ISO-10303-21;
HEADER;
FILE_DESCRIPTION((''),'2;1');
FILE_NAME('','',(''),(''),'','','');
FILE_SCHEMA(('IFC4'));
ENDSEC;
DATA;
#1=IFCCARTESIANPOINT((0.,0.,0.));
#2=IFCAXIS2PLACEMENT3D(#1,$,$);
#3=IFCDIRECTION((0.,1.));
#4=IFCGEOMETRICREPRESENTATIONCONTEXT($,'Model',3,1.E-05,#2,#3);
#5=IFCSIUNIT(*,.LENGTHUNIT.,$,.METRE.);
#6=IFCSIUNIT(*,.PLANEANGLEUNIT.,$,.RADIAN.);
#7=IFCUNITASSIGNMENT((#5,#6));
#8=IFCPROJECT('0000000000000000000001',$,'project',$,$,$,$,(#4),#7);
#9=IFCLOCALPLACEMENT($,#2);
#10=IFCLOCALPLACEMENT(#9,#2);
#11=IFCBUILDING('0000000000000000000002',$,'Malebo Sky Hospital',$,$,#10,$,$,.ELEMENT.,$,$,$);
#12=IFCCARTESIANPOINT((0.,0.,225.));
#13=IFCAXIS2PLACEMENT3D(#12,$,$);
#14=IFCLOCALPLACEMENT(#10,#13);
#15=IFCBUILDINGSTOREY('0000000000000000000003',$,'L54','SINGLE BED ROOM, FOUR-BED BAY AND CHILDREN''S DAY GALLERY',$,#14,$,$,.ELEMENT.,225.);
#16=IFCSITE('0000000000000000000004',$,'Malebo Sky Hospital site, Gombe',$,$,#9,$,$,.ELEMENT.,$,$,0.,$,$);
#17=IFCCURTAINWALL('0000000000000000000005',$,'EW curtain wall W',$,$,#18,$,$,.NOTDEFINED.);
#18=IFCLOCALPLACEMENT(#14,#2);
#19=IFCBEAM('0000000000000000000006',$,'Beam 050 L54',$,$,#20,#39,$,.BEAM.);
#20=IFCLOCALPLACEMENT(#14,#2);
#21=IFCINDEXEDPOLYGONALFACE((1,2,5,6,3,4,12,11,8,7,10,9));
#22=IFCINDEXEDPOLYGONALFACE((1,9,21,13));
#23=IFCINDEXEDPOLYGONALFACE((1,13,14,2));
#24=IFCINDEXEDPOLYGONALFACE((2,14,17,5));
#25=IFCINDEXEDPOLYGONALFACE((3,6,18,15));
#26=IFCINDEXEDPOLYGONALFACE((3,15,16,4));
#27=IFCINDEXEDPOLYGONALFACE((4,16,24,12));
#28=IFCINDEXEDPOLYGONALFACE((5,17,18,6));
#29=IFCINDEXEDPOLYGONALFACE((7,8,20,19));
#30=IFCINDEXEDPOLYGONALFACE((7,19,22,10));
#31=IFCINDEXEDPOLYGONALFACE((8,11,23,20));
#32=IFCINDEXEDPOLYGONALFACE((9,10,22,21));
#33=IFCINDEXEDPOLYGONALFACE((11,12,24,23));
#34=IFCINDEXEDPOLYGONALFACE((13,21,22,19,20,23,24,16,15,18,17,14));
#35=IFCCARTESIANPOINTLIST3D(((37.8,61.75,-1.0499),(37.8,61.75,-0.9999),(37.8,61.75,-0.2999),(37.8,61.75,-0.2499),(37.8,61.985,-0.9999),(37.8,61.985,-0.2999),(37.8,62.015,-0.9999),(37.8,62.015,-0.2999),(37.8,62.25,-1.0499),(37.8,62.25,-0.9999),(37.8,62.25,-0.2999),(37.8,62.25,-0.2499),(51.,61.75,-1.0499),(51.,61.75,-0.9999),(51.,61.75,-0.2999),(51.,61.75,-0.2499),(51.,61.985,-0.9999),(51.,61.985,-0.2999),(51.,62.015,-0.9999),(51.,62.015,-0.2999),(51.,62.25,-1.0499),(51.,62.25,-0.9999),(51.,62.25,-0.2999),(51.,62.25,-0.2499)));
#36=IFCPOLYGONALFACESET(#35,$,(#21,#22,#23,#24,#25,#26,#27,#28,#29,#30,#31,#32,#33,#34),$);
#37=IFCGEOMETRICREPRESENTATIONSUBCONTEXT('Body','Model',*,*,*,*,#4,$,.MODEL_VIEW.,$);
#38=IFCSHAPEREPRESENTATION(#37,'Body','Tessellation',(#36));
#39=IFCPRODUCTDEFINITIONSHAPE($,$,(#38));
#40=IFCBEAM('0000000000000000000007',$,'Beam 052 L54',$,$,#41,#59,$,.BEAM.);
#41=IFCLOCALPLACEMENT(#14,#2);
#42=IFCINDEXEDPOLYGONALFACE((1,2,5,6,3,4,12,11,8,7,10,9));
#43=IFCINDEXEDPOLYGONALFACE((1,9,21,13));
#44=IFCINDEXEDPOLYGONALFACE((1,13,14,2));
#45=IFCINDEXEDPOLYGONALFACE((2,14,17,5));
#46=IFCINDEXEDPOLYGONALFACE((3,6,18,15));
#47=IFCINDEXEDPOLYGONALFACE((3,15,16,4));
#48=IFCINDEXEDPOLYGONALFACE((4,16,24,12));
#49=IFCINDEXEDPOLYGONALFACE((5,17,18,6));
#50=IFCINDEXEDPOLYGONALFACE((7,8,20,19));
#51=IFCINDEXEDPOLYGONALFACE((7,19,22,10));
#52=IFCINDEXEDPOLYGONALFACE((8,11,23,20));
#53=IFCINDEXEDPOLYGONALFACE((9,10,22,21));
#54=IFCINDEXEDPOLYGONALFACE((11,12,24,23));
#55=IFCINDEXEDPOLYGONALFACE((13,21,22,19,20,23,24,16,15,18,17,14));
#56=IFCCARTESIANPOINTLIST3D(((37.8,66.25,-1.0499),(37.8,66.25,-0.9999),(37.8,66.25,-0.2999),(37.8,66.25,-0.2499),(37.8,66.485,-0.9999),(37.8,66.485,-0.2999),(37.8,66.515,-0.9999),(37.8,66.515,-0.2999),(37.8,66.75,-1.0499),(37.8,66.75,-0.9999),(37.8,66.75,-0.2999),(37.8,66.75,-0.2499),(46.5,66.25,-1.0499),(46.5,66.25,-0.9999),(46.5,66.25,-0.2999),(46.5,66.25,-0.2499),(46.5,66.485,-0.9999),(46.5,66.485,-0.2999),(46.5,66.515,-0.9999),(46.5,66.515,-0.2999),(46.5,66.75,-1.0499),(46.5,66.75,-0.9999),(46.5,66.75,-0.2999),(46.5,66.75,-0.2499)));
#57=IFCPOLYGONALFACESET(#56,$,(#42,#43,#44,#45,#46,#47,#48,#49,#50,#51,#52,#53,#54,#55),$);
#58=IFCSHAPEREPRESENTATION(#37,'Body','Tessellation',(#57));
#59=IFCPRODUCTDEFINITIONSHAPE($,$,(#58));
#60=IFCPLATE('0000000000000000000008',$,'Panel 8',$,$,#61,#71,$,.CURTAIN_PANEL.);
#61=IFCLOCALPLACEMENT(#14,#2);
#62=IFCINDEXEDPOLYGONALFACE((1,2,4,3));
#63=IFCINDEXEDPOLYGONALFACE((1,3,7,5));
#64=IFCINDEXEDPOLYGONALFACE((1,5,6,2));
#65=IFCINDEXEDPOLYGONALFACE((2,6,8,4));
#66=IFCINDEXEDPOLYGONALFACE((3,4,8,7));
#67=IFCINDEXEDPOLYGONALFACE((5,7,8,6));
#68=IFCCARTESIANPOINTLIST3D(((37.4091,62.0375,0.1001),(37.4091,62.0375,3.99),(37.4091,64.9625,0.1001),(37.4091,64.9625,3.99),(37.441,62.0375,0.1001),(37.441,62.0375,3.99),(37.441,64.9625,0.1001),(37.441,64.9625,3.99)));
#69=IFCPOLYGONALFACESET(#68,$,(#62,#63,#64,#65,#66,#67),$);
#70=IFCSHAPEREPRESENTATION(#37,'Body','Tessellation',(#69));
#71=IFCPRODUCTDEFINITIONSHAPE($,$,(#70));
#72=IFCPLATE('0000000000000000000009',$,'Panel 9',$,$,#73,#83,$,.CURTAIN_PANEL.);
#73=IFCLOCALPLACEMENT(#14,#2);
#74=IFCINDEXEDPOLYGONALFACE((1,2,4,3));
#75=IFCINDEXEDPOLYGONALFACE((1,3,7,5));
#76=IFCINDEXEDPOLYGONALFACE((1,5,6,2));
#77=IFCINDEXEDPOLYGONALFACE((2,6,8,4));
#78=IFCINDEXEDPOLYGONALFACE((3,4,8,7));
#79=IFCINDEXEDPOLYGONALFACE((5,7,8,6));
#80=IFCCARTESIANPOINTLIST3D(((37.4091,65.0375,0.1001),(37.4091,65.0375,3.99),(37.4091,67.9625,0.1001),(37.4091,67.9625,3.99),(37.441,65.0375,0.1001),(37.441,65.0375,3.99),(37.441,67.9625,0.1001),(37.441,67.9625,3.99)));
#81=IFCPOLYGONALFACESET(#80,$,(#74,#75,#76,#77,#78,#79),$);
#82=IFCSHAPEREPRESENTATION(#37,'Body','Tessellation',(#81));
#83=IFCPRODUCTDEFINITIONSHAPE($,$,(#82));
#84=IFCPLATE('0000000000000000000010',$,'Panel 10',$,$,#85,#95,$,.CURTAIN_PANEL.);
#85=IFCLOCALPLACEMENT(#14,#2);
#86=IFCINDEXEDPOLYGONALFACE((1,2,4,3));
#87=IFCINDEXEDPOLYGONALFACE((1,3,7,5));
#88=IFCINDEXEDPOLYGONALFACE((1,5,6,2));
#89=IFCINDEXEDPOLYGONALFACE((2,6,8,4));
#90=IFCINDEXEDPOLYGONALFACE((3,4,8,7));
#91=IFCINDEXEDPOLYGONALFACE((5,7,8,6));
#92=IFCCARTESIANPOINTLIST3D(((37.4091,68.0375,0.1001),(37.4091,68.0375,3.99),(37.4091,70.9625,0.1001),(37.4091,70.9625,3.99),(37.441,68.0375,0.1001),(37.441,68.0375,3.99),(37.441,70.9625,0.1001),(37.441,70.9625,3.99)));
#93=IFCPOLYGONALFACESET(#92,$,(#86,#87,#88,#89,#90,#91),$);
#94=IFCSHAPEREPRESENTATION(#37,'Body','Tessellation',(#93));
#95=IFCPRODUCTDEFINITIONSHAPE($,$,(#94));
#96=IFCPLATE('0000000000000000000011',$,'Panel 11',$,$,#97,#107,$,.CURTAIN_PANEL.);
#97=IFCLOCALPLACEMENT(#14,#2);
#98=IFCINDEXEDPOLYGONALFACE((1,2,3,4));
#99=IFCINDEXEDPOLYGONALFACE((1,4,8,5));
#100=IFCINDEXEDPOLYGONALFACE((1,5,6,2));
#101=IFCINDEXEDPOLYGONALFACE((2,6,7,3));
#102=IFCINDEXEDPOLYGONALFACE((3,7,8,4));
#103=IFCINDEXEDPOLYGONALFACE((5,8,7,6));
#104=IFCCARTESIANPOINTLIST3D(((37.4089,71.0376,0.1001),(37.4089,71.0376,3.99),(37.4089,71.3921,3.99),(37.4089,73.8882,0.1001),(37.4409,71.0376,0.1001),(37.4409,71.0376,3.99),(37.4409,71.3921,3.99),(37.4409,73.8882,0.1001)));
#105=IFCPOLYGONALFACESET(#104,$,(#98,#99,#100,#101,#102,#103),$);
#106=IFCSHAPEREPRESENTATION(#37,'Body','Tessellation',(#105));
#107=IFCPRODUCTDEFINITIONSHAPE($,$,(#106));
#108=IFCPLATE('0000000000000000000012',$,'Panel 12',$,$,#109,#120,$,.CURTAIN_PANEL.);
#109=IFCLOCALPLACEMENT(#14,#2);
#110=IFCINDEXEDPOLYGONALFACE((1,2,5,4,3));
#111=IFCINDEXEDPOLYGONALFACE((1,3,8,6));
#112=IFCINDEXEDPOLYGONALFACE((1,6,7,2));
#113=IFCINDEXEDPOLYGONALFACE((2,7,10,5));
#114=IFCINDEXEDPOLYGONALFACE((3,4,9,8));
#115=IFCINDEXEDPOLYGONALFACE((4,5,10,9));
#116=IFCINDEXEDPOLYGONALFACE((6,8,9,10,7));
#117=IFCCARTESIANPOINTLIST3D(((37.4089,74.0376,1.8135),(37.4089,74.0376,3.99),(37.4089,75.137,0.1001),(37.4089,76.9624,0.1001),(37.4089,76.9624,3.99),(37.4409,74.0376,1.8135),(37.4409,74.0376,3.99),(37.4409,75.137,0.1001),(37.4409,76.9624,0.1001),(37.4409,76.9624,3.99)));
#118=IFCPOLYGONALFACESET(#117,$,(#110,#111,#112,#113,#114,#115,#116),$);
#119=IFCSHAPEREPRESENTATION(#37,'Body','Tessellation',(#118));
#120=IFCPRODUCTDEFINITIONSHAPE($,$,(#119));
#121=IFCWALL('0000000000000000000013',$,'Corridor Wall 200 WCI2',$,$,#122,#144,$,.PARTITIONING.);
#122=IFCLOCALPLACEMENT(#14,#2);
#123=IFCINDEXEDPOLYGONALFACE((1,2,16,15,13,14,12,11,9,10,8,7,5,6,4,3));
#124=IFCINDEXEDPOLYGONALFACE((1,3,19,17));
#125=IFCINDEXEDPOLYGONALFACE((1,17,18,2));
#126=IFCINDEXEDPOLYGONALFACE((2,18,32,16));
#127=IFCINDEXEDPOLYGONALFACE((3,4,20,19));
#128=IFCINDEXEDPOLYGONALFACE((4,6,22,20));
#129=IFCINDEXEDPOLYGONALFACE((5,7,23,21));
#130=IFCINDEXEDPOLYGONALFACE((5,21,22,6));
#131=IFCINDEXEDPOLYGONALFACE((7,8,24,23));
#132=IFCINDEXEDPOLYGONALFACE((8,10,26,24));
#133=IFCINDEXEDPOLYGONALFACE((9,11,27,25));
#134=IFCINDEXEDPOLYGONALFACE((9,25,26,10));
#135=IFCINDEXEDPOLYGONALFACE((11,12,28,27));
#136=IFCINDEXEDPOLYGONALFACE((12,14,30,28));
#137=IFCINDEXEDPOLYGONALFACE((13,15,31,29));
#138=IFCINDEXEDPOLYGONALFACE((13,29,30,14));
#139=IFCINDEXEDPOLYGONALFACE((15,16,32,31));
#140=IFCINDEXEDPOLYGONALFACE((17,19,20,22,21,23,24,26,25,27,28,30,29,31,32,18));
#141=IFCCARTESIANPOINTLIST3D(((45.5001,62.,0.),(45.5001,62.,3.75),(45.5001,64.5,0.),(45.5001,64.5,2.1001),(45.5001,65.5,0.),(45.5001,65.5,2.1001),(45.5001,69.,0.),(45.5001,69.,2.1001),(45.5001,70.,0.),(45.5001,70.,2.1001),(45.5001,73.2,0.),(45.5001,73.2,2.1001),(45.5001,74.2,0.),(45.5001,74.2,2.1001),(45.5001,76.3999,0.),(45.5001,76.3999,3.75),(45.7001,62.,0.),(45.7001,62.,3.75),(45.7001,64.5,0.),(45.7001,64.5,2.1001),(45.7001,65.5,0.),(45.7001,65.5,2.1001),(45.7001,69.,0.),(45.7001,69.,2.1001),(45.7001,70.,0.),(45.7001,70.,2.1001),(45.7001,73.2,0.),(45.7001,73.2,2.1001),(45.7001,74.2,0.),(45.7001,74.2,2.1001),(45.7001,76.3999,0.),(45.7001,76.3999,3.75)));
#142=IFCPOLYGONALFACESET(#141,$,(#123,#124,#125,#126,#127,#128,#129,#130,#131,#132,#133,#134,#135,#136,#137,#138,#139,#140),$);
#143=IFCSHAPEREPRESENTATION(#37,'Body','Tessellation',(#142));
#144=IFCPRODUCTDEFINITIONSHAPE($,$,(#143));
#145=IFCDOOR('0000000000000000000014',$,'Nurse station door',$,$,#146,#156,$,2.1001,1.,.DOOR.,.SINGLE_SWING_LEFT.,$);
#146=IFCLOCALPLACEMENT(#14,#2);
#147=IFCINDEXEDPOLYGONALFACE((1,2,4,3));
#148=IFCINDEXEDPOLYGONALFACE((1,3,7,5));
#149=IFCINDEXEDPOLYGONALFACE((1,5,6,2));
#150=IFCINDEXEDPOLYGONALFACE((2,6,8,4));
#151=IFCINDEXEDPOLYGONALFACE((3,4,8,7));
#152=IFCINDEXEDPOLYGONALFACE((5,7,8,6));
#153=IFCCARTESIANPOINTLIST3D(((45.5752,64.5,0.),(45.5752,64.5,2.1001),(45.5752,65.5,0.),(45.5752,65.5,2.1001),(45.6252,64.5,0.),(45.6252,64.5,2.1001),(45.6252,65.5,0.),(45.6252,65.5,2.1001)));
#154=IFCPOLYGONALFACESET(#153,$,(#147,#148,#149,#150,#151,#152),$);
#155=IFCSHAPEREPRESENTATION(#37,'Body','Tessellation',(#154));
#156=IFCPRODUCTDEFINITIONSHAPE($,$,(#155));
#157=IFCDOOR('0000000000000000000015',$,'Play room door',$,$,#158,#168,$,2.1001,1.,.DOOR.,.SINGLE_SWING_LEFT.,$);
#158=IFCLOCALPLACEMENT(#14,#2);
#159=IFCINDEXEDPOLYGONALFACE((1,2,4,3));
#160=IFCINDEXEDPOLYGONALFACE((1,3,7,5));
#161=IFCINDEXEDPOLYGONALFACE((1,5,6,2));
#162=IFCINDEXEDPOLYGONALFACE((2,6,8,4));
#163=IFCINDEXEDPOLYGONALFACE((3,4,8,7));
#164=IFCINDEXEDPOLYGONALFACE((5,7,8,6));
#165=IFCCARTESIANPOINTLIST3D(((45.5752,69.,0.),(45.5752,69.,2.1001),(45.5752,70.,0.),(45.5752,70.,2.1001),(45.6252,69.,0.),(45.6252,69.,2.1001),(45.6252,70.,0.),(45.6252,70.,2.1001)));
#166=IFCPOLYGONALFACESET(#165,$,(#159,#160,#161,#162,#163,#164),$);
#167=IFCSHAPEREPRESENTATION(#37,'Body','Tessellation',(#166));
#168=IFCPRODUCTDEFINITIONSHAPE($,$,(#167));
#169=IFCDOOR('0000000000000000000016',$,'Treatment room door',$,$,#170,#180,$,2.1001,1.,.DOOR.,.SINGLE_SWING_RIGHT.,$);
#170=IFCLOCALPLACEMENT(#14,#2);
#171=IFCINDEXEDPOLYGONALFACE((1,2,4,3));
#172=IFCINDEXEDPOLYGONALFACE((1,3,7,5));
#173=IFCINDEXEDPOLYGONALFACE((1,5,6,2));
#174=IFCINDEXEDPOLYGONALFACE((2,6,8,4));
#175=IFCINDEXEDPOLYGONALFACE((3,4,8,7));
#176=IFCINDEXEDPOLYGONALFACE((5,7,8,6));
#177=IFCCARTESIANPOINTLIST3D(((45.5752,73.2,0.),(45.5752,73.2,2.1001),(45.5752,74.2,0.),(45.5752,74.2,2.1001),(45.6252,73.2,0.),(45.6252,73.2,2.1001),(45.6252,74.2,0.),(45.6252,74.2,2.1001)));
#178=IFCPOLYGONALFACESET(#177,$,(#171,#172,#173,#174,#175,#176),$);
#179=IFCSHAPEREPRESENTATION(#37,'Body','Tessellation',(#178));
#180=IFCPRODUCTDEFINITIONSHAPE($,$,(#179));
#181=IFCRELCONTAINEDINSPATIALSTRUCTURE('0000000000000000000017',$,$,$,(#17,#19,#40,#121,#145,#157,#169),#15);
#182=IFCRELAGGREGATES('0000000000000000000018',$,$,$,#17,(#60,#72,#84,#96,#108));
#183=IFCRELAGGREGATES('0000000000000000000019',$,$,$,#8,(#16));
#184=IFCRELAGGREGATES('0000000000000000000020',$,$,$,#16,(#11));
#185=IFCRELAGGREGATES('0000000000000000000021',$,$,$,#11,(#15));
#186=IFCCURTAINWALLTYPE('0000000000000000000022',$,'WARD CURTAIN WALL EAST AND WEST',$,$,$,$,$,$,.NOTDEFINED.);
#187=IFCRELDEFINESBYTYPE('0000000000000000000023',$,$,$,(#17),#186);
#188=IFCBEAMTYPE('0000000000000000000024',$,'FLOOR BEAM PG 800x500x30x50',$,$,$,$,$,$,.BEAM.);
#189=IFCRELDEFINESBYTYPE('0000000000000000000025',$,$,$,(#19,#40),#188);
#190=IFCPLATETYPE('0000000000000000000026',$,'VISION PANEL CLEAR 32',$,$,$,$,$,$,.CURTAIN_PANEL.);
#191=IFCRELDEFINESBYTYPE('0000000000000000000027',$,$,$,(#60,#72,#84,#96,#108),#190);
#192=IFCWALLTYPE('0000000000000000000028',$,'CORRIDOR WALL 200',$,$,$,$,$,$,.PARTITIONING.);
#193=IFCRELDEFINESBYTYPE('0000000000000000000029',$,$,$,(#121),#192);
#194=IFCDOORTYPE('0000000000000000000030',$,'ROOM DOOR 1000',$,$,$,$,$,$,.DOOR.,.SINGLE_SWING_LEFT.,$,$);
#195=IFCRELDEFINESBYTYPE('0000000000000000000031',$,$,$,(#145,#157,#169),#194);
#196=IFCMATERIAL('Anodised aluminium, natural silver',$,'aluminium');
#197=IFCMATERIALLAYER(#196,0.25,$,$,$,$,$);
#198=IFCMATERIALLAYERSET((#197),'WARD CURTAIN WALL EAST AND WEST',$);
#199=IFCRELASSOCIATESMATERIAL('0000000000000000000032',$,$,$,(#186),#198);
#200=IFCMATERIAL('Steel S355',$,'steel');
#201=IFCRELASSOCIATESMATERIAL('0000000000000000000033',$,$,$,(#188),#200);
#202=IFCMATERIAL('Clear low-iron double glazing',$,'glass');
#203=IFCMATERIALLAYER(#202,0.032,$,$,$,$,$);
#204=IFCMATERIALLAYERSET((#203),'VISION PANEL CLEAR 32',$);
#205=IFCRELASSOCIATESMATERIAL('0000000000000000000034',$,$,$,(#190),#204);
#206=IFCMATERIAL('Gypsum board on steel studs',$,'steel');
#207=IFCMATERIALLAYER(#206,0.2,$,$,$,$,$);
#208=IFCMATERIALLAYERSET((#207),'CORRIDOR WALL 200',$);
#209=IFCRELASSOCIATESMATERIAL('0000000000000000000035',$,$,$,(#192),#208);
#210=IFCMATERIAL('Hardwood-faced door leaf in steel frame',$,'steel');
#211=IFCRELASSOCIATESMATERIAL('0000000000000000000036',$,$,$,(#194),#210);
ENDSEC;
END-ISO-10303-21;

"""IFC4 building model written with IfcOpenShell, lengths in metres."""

from ifc_helpers import new_model, si_unit, direction, frame, frame_2d, origin, origin_2d, place, context, subcontext, project, spatial, polyline, rectangle, i_section, outline, extrude, material, layer, layer_set, material_profile, profile_set, type_object, element, fill, aggregate, save


model = new_model("IFC4")

# Units and contexts
model_context = context("Model", 3, precision=1e-05, world=origin(), true_north=direction((0.0, 1.0)))
body_context = subcontext(model_context, "Body", "Model", "MODEL_VIEW")
ifc_project = project(units=[si_unit("LENGTHUNIT", "METRE"), si_unit("PLANEANGLEUNIT", "RADIAN")], contexts=[model_context])

# Site, building, storey
site_placement = place(None, origin())
site = spatial("IfcSite", under=ifc_project, at=site_placement, Name="Malebo Sky Hospital site, Gombe", CompositionType="ELEMENT", RefElevation=0.0)
building_placement = place(site_placement, origin())
building = spatial("IfcBuilding", under=site, at=building_placement, Name="Malebo Sky Hospital", CompositionType="ELEMENT")
storey_placement = place(building_placement, frame((0.0, 0.0, 225.0)))
storey = spatial("IfcBuildingStorey", under=building, at=storey_placement, Name="L54", Description="SINGLE BED ROOM, FOUR-BED BAY AND CHILDREN'S DAY GALLERY", CompositionType="ELEMENT", Elevation=225.0)

# Curtain wall
ifc_material_1 = material(Name="Anodised aluminium, natural silver", Category="aluminium")
ifc_layer_1 = layer(ifc_material_1, 0.25)
ifc_layer_set_1 = layer_set([ifc_layer_1], Name="WARD CURTAIN WALL EAST AND WEST")
curtain_wall_type = type_object("IfcCurtainWallType", Name="WARD CURTAIN WALL EAST AND WEST", PredefinedType="NOTDEFINED", material=ifc_layer_set_1)
curtain_wall_placement = place(storey_placement, origin())
curtain_wall = element("IfcCurtainWall", 1, at=curtain_wall_placement, inside=storey, type_object=curtain_wall_type, Name="EW curtain wall W", PredefinedType="NOTDEFINED")

# Shared definitions
ifc_material_2 = material(Name="Steel S355", Category="steel")

# Beams
ifc_material_profile_1 = material_profile(ifc_material_2, i_section(OverallWidth=0.5, OverallDepth=0.8, WebThickness=0.03, FlangeThickness=0.05, at=origin_2d()), Name="PG 800x500x30x50")
ifc_profile_set_1 = profile_set([ifc_material_profile_1], Name="Steel S355")
beam_type_1 = type_object("IfcBeamType", Name="FLOOR BEAM PG 800x500x30x50", PredefinedType="BEAM", material=ifc_profile_set_1)
beam_1_placement = place(storey_placement, frame((37.8, 62.0, -0.6499), z_axis=(1.0, 0.0, 0.0), x_axis=(0.0, 1.0, 0.0)))
element("IfcBeam", 2, at=beam_1_placement, inside=storey, type_object=beam_type_1, Name="Beam 050 L54", PredefinedType="BEAM", context=body_context, shape_type="SweptSolid", body=[
    extrude(i_section(OverallWidth=0.5, OverallDepth=0.8, WebThickness=0.03, FlangeThickness=0.05, at=origin_2d()), origin(), (0.0, 0.0, 1.0), 13.2),
])
beam_2_placement = place(storey_placement, frame((37.8, 66.5, -0.6499), z_axis=(1.0, 0.0, 0.0), x_axis=(0.0, 1.0, 0.0)))
element("IfcBeam", 3, at=beam_2_placement, inside=storey, type_object=beam_type_1, Name="Beam 052 L54", PredefinedType="BEAM", context=body_context, shape_type="SweptSolid", body=[
    extrude(i_section(OverallWidth=0.5, OverallDepth=0.8, WebThickness=0.03, FlangeThickness=0.05, at=origin_2d()), origin(), (0.0, 0.0, 1.0), 8.7),
])

# Plates
ifc_material_3 = material(Name="Clear low-iron double glazing", Category="glass")
ifc_layer_2 = layer(ifc_material_3, 0.032)
ifc_layer_set_2 = layer_set([ifc_layer_2], Name="VISION PANEL CLEAR 32")
plate_type = type_object("IfcPlateType", Name="VISION PANEL CLEAR 32", PredefinedType="CURTAIN_PANEL", material=ifc_layer_set_2)
plate_1_placement = place(storey_placement, frame((37.425, 63.5, 0.1001), z_axis=(0.0, 0.0, 1.0), x_axis=(0.0, 1.0, 0.0)))
plate_1 = element("IfcPlate", 4, at=plate_1_placement, type_object=plate_type, Name="Panel 8", PredefinedType="CURTAIN_PANEL", context=body_context, shape_type="SweptSolid", body=[
    extrude(rectangle(XDim=2.925, YDim=0.032, at=origin_2d()), origin(), (0.0, 0.0, 1.0), 3.8899),
])
plate_2_placement = place(storey_placement, frame((37.425, 66.5, 0.1001), z_axis=(0.0, 0.0, 1.0), x_axis=(0.0, 1.0, 0.0)))
plate_2 = element("IfcPlate", 5, at=plate_2_placement, type_object=plate_type, Name="Panel 9", PredefinedType="CURTAIN_PANEL", context=body_context, shape_type="SweptSolid", body=[
    extrude(rectangle(XDim=2.925, YDim=0.032, at=origin_2d()), origin(), (0.0, 0.0, 1.0), 3.8899),
])
plate_3_placement = place(storey_placement, frame((37.425, 69.5, 0.1001), z_axis=(0.0, 0.0, 1.0), x_axis=(0.0, 1.0, 0.0)))
plate_3 = element("IfcPlate", 6, at=plate_3_placement, type_object=plate_type, Name="Panel 10", PredefinedType="CURTAIN_PANEL", context=body_context, shape_type="SweptSolid", body=[
    extrude(rectangle(XDim=2.925, YDim=0.032, at=origin_2d()), origin(), (0.0, 0.0, 1.0), 3.8899),
])
plate_4_placement = place(storey_placement, frame((37.425, 72.4629, 0.1001), z_axis=(0.0, 0.0, 1.0), x_axis=(0.0, 1.0, 0.0)))
plate_4 = element("IfcPlate", 7, at=plate_4_placement, type_object=plate_type, Name="Panel 11", PredefinedType="CURTAIN_PANEL", context=body_context, shape_type="SweptSolid", body=[
    extrude(outline(polyline([(-1.4253, 0.0), (1.4253, 0.0), (-1.0708, 3.8899), (-1.4253, 3.8899), (-1.4253, 0.0)])), frame((0.0, 0.0161, 0.0), z_axis=(0.0, -1.0, 0.0), x_axis=(1.0, 0.0, 0.0)), (0.0, 0.0, 1.0), 0.032),
])
plate_5_placement = place(storey_placement, frame((37.425, 75.5, 0.1001), z_axis=(0.0, 0.0, 1.0), x_axis=(0.0, 1.0, 0.0)))
plate_5 = element("IfcPlate", 8, at=plate_5_placement, type_object=plate_type, Name="Panel 12", PredefinedType="CURTAIN_PANEL", context=body_context, shape_type="SweptSolid", body=[
    extrude(outline(polyline([(-0.363, 0.0), (1.4624, 0.0), (1.4624, 3.8899), (-1.4624, 3.8899), (-1.4624, 1.7134), (-0.363, 0.0)])), frame((0.0, 0.0161, 0.0), z_axis=(0.0, -1.0, 0.0), x_axis=(1.0, 0.0, 0.0)), (0.0, 0.0, 1.0), 0.032),
])
aggregate(curtain_wall, [plate_1, plate_2, plate_3, plate_4, plate_5])

# Wall, openings, doors
ifc_material_4 = material(Name="Gypsum board on steel studs", Category="steel")
ifc_layer_3 = layer(ifc_material_4, 0.2)
ifc_layer_set_3 = layer_set([ifc_layer_3], Name="CORRIDOR WALL 200")
wall_type_1 = type_object("IfcWallType", Name="CORRIDOR WALL 200", PredefinedType="PARTITIONING", material=ifc_layer_set_3)
wall_1_placement = place(storey_placement, frame((45.6001, 62.0, 0.0), z_axis=(0.0, 0.0, 1.0), x_axis=(0.0, 1.0, 0.0)))
wall_1 = element("IfcWall", 9, at=wall_1_placement, inside=storey, type_object=wall_type_1, Name="Corridor Wall 200 WCI2", PredefinedType="PARTITIONING", context=body_context, shape_type="SweptSolid", body=[
    extrude(rectangle(XDim=14.3999, YDim=0.2, at=frame_2d((7.2, 0.0))), origin(), (0.0, 0.0, 1.0), 3.75),
])
opening_1_placement = place(wall_1_placement, frame((2.5, 0.0, 0.0)))
opening_1 = element("IfcOpeningElement", 10, at=opening_1_placement, cuts=wall_1, PredefinedType="OPENING", context=body_context, shape_type="SweptSolid", body=[
    extrude(rectangle(XDim=1.0, YDim=2.1001, at=frame_2d((0.5, 1.05))), frame((0.0, 0.1099, 0.0), z_axis=(0.0, -1.0, 0.0), x_axis=(1.0, 0.0, 0.0)), (0.0, 0.0, 1.0), 0.22),
])
opening_2_placement = place(wall_1_placement, frame((7.0, 0.0, 0.0)))
opening_2 = element("IfcOpeningElement", 11, at=opening_2_placement, cuts=wall_1, PredefinedType="OPENING", context=body_context, shape_type="SweptSolid", body=[
    extrude(rectangle(XDim=1.0, YDim=2.1001, at=frame_2d((0.5, 1.05))), frame((0.0, 0.1099, 0.0), z_axis=(0.0, -1.0, 0.0), x_axis=(1.0, 0.0, 0.0)), (0.0, 0.0, 1.0), 0.22),
])
opening_3_placement = place(wall_1_placement, frame((11.2, 0.0, 0.0)))
opening_3 = element("IfcOpeningElement", 12, at=opening_3_placement, cuts=wall_1, PredefinedType="OPENING", context=body_context, shape_type="SweptSolid", body=[
    extrude(rectangle(XDim=1.0, YDim=2.1001, at=frame_2d((0.5, 1.05))), frame((0.0, 0.1099, 0.0), z_axis=(0.0, -1.0, 0.0), x_axis=(1.0, 0.0, 0.0)), (0.0, 0.0, 1.0), 0.22),
])
ifc_material_5 = material(Name="Hardwood-faced door leaf in steel frame", Category="steel")
door_type_1 = type_object("IfcDoorType", Name="ROOM DOOR 1000", OperationType="SINGLE_SWING_LEFT", PredefinedType="DOOR", material=ifc_material_5)
door_1_placement = place(opening_1_placement, origin())
door_1 = element("IfcDoor", 13, at=door_1_placement, inside=storey, type_object=door_type_1, Name="Nurse station door", OperationType="SINGLE_SWING_LEFT", OverallHeight=2.1001, OverallWidth=1.0, PredefinedType="DOOR", context=body_context, shape_type="SweptSolid", body=[
    extrude(rectangle(XDim=1.0, YDim=2.1001, at=frame_2d((0.5, 1.05))), frame((0.0, 0.0249, 0.0), z_axis=(0.0, -1.0, 0.0), x_axis=(1.0, 0.0, 0.0)), (0.0, 0.0, 1.0), 0.05),
])
fill(opening_1, door_1)
door_2_placement = place(opening_2_placement, origin())
door_2 = element("IfcDoor", 14, at=door_2_placement, inside=storey, type_object=door_type_1, Name="Play room door", OperationType="SINGLE_SWING_LEFT", OverallHeight=2.1001, OverallWidth=1.0, PredefinedType="DOOR", context=body_context, shape_type="SweptSolid", body=[
    extrude(rectangle(XDim=1.0, YDim=2.1001, at=frame_2d((0.5, 1.05))), frame((0.0, 0.0249, 0.0), z_axis=(0.0, -1.0, 0.0), x_axis=(1.0, 0.0, 0.0)), (0.0, 0.0, 1.0), 0.05),
])
fill(opening_2, door_2)
door_3_placement = place(opening_3_placement, origin())
door_3 = element("IfcDoor", 15, at=door_3_placement, inside=storey, type_object=door_type_1, Name="Treatment room door", OperationType="SINGLE_SWING_RIGHT", OverallHeight=2.1001, OverallWidth=1.0, PredefinedType="DOOR", context=body_context, shape_type="SweptSolid", body=[
    extrude(rectangle(XDim=1.0, YDim=2.1001, at=frame_2d((0.5, 1.05))), frame((0.0, 0.0249, 0.0), z_axis=(0.0, -1.0, 0.0), x_axis=(1.0, 0.0, 0.0)), (0.0, 0.0, 1.0), 0.05),
])
fill(opening_3, door_3)

save(model, "model.ifc")
